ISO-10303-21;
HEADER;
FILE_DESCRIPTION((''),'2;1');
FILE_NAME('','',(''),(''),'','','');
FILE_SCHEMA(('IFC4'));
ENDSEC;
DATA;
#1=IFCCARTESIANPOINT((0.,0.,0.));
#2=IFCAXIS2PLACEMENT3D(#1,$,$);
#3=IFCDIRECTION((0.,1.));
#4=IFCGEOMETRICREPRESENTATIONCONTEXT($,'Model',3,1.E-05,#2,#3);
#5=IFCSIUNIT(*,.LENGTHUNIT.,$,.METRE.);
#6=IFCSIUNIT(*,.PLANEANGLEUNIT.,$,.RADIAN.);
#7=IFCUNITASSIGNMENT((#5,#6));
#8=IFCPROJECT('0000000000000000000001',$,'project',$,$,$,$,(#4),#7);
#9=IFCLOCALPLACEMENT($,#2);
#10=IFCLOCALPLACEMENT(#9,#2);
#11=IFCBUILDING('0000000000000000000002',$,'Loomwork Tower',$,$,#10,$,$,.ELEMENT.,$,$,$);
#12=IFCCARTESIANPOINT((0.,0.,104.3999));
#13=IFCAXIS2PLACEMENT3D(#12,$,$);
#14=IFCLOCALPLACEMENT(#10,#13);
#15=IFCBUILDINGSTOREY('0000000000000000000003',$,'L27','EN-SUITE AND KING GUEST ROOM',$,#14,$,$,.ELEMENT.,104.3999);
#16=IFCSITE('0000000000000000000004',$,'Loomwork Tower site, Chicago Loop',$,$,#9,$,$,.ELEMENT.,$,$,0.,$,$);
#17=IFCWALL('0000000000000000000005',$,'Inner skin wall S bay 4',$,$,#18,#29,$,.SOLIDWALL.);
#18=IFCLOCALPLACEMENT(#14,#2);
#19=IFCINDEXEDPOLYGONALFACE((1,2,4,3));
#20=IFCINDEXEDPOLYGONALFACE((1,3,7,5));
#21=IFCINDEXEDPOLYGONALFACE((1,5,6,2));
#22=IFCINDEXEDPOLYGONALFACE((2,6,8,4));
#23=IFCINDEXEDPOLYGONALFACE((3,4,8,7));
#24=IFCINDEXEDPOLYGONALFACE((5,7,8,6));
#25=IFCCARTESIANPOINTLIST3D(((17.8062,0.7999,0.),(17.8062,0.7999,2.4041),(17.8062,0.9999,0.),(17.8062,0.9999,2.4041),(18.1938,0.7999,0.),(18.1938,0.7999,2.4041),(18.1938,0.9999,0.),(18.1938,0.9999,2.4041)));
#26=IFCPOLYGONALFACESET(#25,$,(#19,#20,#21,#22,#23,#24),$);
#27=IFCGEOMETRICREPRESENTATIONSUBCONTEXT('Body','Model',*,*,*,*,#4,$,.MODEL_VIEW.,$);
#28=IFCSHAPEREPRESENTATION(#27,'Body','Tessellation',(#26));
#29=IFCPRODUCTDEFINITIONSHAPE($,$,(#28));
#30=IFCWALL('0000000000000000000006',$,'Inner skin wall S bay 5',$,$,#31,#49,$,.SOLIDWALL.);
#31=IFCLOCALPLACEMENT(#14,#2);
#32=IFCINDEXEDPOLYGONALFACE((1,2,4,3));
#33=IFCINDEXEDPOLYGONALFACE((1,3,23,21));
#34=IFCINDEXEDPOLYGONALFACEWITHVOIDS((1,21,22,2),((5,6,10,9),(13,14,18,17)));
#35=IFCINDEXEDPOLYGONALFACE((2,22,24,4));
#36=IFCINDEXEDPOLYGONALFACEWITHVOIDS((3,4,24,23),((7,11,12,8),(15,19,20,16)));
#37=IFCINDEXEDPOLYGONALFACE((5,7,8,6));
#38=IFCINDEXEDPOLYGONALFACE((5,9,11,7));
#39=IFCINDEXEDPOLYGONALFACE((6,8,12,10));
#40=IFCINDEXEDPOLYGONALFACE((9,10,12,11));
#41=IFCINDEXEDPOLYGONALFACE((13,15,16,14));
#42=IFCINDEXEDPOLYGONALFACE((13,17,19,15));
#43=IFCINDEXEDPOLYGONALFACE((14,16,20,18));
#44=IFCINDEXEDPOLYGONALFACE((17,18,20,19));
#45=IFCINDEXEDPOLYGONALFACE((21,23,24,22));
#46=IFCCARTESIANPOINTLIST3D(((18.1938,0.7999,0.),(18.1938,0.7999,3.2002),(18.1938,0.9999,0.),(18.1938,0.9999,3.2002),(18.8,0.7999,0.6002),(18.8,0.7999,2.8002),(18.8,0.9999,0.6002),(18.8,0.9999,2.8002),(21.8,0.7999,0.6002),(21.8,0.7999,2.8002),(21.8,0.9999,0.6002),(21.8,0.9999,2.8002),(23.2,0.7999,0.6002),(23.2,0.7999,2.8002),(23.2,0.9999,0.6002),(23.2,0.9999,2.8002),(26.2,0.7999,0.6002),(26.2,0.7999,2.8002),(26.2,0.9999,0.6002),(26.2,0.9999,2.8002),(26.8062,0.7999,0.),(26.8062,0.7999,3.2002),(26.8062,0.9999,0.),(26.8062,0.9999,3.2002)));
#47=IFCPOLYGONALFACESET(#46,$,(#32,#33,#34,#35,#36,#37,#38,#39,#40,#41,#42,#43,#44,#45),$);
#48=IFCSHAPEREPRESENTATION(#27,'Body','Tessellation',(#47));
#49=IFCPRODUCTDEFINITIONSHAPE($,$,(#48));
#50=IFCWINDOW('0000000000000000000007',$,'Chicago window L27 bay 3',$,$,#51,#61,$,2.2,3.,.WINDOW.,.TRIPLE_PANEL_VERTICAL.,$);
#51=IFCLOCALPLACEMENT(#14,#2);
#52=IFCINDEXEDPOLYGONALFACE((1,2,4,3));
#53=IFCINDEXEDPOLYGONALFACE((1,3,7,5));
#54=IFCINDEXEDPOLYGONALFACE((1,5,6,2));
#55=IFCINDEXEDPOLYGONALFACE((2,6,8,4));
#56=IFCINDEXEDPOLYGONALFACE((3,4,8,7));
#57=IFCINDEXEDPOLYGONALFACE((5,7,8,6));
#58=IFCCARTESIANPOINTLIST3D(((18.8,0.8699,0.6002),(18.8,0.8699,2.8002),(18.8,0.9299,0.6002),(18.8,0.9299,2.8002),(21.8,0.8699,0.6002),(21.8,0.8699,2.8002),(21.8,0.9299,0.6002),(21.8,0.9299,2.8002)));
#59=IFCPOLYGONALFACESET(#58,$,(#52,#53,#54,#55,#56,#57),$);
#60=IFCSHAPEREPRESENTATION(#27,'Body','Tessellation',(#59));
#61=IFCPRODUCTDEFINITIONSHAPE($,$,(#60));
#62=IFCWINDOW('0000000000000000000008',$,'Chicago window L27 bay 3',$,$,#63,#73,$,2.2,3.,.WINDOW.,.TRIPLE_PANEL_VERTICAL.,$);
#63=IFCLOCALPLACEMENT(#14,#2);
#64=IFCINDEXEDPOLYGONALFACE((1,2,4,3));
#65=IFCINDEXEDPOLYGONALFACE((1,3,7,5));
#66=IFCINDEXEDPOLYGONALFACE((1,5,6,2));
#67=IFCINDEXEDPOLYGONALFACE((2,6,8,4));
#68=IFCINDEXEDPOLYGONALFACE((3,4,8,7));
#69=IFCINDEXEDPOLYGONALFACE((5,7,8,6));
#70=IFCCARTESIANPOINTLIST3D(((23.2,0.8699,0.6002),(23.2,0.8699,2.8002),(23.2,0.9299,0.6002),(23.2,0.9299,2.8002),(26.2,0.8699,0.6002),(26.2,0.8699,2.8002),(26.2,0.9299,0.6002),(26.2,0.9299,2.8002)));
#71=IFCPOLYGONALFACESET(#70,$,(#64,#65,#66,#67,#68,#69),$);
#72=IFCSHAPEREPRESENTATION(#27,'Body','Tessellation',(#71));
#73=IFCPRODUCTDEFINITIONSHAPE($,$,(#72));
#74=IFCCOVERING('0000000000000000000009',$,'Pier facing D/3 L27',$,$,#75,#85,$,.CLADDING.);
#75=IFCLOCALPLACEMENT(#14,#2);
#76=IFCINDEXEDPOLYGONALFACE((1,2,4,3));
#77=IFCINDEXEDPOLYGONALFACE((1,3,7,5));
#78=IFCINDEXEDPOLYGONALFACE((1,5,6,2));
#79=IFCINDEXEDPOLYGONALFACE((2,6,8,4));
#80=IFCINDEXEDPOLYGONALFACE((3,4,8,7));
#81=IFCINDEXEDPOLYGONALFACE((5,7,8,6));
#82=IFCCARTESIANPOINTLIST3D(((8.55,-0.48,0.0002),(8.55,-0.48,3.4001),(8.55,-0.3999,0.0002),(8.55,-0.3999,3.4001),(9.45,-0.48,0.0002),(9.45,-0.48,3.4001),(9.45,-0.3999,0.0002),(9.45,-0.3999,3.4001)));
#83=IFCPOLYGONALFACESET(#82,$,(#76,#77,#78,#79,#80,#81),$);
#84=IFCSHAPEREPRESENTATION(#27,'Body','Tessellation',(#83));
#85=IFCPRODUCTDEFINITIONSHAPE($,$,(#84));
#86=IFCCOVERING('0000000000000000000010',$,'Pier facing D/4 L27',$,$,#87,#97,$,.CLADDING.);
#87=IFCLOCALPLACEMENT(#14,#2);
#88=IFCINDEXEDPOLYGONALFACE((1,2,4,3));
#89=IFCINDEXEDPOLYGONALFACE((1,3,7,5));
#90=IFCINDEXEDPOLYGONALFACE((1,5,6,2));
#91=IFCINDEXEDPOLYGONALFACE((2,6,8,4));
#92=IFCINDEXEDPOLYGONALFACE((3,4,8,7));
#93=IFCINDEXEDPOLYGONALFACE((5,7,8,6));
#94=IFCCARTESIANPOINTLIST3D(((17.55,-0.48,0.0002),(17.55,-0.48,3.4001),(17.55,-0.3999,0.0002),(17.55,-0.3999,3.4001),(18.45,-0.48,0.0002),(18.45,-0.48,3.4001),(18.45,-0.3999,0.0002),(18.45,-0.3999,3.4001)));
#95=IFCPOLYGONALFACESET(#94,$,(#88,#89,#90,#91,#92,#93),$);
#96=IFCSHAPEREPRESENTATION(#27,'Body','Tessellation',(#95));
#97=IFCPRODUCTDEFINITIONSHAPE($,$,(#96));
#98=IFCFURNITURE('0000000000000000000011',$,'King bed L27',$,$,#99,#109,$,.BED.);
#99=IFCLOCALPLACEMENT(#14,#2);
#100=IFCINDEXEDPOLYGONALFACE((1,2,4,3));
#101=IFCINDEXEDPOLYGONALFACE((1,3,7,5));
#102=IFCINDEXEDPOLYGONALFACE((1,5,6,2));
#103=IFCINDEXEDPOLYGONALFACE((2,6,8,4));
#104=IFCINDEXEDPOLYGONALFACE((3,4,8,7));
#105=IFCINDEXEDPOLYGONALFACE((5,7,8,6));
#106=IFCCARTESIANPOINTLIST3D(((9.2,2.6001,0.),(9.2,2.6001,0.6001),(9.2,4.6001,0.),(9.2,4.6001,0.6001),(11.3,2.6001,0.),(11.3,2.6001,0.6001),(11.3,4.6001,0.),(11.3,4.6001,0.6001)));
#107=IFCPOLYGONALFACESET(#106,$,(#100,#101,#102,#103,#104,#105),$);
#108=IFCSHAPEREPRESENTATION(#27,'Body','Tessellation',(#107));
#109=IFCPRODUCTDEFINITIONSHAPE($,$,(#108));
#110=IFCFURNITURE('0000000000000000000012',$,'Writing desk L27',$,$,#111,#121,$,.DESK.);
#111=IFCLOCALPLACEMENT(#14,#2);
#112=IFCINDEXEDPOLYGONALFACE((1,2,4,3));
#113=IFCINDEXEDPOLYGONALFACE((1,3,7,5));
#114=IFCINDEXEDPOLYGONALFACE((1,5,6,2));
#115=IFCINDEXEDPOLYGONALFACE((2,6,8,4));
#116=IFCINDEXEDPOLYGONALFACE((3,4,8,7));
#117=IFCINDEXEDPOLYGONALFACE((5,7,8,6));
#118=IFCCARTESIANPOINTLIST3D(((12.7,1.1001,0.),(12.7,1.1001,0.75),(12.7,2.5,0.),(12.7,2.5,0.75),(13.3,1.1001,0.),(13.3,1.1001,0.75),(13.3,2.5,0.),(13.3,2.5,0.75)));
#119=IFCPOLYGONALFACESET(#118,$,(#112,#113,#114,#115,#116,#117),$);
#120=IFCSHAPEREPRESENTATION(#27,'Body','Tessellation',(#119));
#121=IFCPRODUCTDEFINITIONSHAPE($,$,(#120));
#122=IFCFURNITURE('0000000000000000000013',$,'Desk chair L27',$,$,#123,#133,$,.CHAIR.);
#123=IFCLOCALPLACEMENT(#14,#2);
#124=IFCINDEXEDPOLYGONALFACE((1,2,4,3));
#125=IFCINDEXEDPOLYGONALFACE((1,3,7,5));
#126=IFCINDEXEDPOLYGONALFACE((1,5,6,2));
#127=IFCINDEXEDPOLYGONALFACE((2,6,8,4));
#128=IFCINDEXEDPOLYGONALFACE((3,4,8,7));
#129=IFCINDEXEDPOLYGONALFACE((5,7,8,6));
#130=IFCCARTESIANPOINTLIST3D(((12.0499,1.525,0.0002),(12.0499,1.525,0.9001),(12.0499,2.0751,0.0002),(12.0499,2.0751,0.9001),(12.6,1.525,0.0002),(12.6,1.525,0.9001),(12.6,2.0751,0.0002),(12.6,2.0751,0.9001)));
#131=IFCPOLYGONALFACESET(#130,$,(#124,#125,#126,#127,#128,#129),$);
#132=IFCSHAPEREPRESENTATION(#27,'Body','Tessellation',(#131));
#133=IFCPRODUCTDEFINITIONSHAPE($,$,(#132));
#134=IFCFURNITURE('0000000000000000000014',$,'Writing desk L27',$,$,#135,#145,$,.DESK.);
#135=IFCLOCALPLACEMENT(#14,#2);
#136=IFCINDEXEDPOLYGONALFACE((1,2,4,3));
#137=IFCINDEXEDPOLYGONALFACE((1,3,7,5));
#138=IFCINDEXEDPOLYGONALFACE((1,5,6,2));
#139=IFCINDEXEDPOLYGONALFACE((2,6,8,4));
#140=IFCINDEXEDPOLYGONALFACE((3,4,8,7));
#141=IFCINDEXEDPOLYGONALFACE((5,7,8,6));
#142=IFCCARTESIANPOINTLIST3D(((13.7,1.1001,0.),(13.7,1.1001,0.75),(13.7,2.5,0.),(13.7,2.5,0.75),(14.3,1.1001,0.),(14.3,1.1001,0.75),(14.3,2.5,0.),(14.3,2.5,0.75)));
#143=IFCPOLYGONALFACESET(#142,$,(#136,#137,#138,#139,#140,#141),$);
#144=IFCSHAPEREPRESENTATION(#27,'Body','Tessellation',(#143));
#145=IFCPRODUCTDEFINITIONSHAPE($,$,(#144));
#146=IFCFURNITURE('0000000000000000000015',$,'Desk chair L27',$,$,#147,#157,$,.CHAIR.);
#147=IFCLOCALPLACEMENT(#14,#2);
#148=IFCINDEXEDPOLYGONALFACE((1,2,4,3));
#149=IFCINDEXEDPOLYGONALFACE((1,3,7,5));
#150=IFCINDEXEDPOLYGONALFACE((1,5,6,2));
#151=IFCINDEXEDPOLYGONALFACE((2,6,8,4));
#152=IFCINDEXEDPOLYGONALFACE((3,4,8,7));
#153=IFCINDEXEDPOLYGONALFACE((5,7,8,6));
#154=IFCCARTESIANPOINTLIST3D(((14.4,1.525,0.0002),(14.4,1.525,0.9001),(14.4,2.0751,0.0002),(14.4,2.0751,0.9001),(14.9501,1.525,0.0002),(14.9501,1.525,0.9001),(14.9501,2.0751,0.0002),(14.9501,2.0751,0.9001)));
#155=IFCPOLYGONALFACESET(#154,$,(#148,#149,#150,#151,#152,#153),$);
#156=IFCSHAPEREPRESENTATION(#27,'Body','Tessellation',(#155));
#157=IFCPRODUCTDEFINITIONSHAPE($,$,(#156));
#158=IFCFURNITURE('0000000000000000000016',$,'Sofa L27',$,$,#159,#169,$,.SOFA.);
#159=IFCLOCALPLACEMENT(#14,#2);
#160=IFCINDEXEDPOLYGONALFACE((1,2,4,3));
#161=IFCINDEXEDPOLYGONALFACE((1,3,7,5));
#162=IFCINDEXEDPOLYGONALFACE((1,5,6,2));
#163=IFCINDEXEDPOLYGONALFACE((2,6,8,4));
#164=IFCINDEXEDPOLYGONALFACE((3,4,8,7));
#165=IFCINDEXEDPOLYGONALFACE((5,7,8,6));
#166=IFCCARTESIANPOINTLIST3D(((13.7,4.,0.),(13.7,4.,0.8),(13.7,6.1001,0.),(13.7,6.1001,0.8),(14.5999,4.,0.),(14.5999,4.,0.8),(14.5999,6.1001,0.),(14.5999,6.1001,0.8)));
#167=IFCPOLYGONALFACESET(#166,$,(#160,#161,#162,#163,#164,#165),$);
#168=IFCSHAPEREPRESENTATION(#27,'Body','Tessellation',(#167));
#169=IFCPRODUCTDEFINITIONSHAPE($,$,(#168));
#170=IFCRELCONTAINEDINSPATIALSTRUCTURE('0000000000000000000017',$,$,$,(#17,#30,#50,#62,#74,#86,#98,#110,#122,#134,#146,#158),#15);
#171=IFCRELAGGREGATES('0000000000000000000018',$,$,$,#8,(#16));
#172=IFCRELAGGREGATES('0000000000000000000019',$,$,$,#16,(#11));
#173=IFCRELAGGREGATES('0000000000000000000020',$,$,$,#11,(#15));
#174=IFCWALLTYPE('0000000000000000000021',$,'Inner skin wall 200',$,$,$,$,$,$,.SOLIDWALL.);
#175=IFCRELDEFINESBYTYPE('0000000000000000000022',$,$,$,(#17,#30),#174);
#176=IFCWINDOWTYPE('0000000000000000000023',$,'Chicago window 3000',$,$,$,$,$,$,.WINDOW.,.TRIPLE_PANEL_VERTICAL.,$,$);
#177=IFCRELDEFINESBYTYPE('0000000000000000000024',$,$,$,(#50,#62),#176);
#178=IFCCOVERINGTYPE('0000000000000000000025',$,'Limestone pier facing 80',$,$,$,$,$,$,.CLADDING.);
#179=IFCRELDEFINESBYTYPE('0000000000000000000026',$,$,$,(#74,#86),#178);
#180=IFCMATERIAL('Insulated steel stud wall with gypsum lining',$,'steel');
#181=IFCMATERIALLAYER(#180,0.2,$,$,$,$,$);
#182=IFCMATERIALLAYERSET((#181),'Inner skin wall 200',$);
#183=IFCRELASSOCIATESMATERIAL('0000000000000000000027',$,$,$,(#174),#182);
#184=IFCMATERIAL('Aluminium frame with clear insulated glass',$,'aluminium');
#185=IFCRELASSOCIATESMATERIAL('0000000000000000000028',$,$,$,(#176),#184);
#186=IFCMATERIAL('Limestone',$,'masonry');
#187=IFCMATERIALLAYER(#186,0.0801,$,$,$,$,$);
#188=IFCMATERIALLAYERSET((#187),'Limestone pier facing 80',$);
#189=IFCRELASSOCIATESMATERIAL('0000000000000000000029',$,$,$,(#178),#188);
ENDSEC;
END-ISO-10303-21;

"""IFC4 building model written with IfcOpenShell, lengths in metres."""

from ifc_helpers import new_model, si_unit, direction, frame, frame_2d, origin, origin_2d, place, context, subcontext, project, spatial, rectangle, extrude, material, layer, layer_set, type_object, element, fill, save


model = new_model("IFC4")

# Units and contexts
model_context = context("Model", 3, precision=1e-05, world=origin(), true_north=direction((0.0, 1.0)))
body_context = subcontext(model_context, "Body", "Model", "MODEL_VIEW")
ifc_project = project(units=[si_unit("LENGTHUNIT", "METRE"), si_unit("PLANEANGLEUNIT", "RADIAN")], contexts=[model_context])

# Site, building, storey
site_placement = place(None, origin())
site = spatial("IfcSite", under=ifc_project, at=site_placement, Name="Loomwork Tower site, Chicago Loop", CompositionType="ELEMENT", RefElevation=0.0)
building_placement = place(site_placement, origin())
building = spatial("IfcBuilding", under=site, at=building_placement, Name="Loomwork Tower", CompositionType="ELEMENT")
storey_placement = place(building_placement, frame((0.0, 0.0, 104.3999)))
storey = spatial("IfcBuildingStorey", under=building, at=storey_placement, Name="L27", Description="EN-SUITE AND KING GUEST ROOM", CompositionType="ELEMENT", Elevation=104.3999)

# Shared definitions
ifc_material_1 = material(Name="Insulated steel stud wall with gypsum lining", Category="steel")
ifc_layer_1 = layer(ifc_material_1, 0.2)
ifc_layer_set_1 = layer_set([ifc_layer_1], Name="Inner skin wall 200")
wall_type = type_object("IfcWallType", Name="Inner skin wall 200", PredefinedType="SOLIDWALL", material=ifc_layer_set_1)

# Shared definitions
ifc_material_2 = material(Name="Aluminium frame with clear insulated glass", Category="aluminium")
window_type = type_object("IfcWindowType", Name="Chicago window 3000", PartitioningType="TRIPLE_PANEL_VERTICAL", PredefinedType="WINDOW", material=ifc_material_2)

# Wall
wall_1_placement = place(storey_placement, frame((17.8062, 0.8999, 0.0), z_axis=(0.0, 0.0, 1.0), x_axis=(1.0, 0.0, 0.0)))
element("IfcWall", 1, at=wall_1_placement, inside=storey, type_object=wall_type, Name="Inner skin wall S bay 4", PredefinedType="SOLIDWALL", context=body_context, shape_type="SweptSolid", body=[
    extrude(rectangle(XDim=0.3877, YDim=0.2, at=frame_2d((0.1938, 0.0))), origin(), (0.0, 0.0, 1.0), 2.4041),
])

# Wall, openings, windows
wall_2_placement = place(storey_placement, frame((18.1938, 0.8999, 0.0), z_axis=(0.0, 0.0, 1.0), x_axis=(1.0, 0.0, 0.0)))
wall_2 = element("IfcWall", 2, at=wall_2_placement, inside=storey, type_object=wall_type, Name="Inner skin wall S bay 5", PredefinedType="SOLIDWALL", context=body_context, shape_type="SweptSolid", body=[
    extrude(rectangle(XDim=8.6123, YDim=0.2, at=frame_2d((4.3062, 0.0))), origin(), (0.0, 0.0, 1.0), 3.2002),
])
opening_1_placement = place(wall_2_placement, frame((0.6062, 0.0, 0.6001)))
opening_1 = element("IfcOpeningElement", 3, at=opening_1_placement, cuts=wall_2, PredefinedType="OPENING", context=body_context, shape_type="SweptSolid", body=[
    extrude(rectangle(XDim=3.0, YDim=2.2, at=frame_2d((1.5, 1.1001))), frame((0.0, 0.1099, 0.0), z_axis=(0.0, -1.0, 0.0), x_axis=(1.0, 0.0, 0.0)), (0.0, 0.0, 1.0), 0.22),
])
opening_2_placement = place(wall_2_placement, frame((5.0061, 0.0, 0.6001)))
opening_2 = element("IfcOpeningElement", 4, at=opening_2_placement, cuts=wall_2, PredefinedType="OPENING", context=body_context, shape_type="SweptSolid", body=[
    extrude(rectangle(XDim=3.0, YDim=2.2, at=frame_2d((1.5, 1.1001))), frame((0.0, 0.1099, 0.0), z_axis=(0.0, -1.0, 0.0), x_axis=(1.0, 0.0, 0.0)), (0.0, 0.0, 1.0), 0.22),
])
window_1_placement = place(opening_1_placement, origin())
window_1 = element("IfcWindow", 5, at=window_1_placement, inside=storey, type_object=window_type, Name="Chicago window L27 bay 3", OverallHeight=2.2, OverallWidth=3.0, PartitioningType="TRIPLE_PANEL_VERTICAL", PredefinedType="WINDOW", context=body_context, shape_type="SweptSolid", body=[
    extrude(rectangle(XDim=3.0, YDim=2.2, at=frame_2d((1.5, 1.1001))), frame((0.0, 0.03, 0.0), z_axis=(0.0, -1.0, 0.0), x_axis=(1.0, 0.0, 0.0)), (0.0, 0.0, 1.0), 0.0601),
])
fill(opening_1, window_1)
window_2_placement = place(opening_2_placement, origin())
window_2 = element("IfcWindow", 6, at=window_2_placement, inside=storey, type_object=window_type, Name="Chicago window L27 bay 3", OverallHeight=2.2, OverallWidth=3.0, PartitioningType="TRIPLE_PANEL_VERTICAL", PredefinedType="WINDOW", context=body_context, shape_type="SweptSolid", body=[
    extrude(rectangle(XDim=3.0, YDim=2.2, at=frame_2d((1.5, 1.1001))), frame((0.0, 0.03, 0.0), z_axis=(0.0, -1.0, 0.0), x_axis=(1.0, 0.0, 0.0)), (0.0, 0.0, 1.0), 0.0601),
])
fill(opening_2, window_2)

# Coverings
ifc_material_3 = material(Name="Limestone", Category="masonry")
ifc_layer_2 = layer(ifc_material_3, 0.0801)
ifc_layer_set_2 = layer_set([ifc_layer_2], Name="Limestone pier facing 80")
covering_type = type_object("IfcCoveringType", Name="Limestone pier facing 80", PredefinedType="CLADDING", material=ifc_layer_set_2)
for number, where, z_axis, x_axis, name in (
    (7, (9.0, -0.4399, 0.0002), (0.0, 0.0, 1.0), (1.0, 0.0, 0.0), "Pier facing D/3 L27"),
    (8, (18.0, -0.4399, 0.0002), (0.0, 0.0, 1.0), (1.0, 0.0, 0.0), "Pier facing D/4 L27"),
):
    element("IfcCovering", number, at=place(storey_placement, frame(where, z_axis=z_axis, x_axis=x_axis)), inside=storey, type_object=covering_type, Name=name, PredefinedType="CLADDING", context=body_context, shape_type="SweptSolid", body=[
        extrude(rectangle(XDim=0.8999, YDim=0.0801, at=origin_2d()), origin(), (0.0, 0.0, 1.0), 3.3999),
    ])

# Furniture
furniture_1_placement = place(storey_placement, frame((10.25, 3.6001, 0.0), z_axis=(0.0, 0.0, 1.0), x_axis=(1.0, 0.0, 0.0)))
element("IfcFurniture", 9, at=furniture_1_placement, inside=storey, Name="King bed L27", PredefinedType="BED", context=body_context, shape_type="SweptSolid", body=[
    extrude(rectangle(XDim=2.1001, YDim=2.0, at=origin_2d()), origin(), (0.0, 0.0, 1.0), 0.6001),
])
furniture_2_placement = place(storey_placement, frame((13.0, 1.8, 0.0), z_axis=(0.0, 0.0, 1.0), x_axis=(1.0, 0.0, 0.0)))
element("IfcFurniture", 10, at=furniture_2_placement, inside=storey, Name="Writing desk L27", PredefinedType="DESK", context=body_context, shape_type="SweptSolid", body=[
    extrude(rectangle(XDim=0.6001, YDim=1.3999, at=origin_2d()), origin(), (0.0, 0.0, 1.0), 0.75),
])
furniture_3_placement = place(storey_placement, frame((12.325, 1.8, 0.0002), z_axis=(0.0, 0.0, 1.0), x_axis=(1.0, 0.0, 0.0)))
element("IfcFurniture", 11, at=furniture_3_placement, inside=storey, Name="Desk chair L27", PredefinedType="CHAIR", context=body_context, shape_type="SweptSolid", body=[
    extrude(rectangle(XDim=0.55, YDim=0.55, at=origin_2d()), origin(), (0.0, 0.0, 1.0), 0.8999),
])
furniture_4_placement = place(storey_placement, frame((14.0, 1.8, 0.0), z_axis=(0.0, 0.0, 1.0), x_axis=(1.0, 0.0, 0.0)))
element("IfcFurniture", 12, at=furniture_4_placement, inside=storey, Name="Writing desk L27", PredefinedType="DESK", context=body_context, shape_type="SweptSolid", body=[
    extrude(rectangle(XDim=0.6001, YDim=1.3999, at=origin_2d()), origin(), (0.0, 0.0, 1.0), 0.75),
])
furniture_5_placement = place(storey_placement, frame((14.675, 1.8, 0.0002), z_axis=(0.0, 0.0, 1.0), x_axis=(1.0, 0.0, 0.0)))
element("IfcFurniture", 13, at=furniture_5_placement, inside=storey, Name="Desk chair L27", PredefinedType="CHAIR", context=body_context, shape_type="SweptSolid", body=[
    extrude(rectangle(XDim=0.55, YDim=0.55, at=origin_2d()), origin(), (0.0, 0.0, 1.0), 0.8999),
])
furniture_6_placement = place(storey_placement, frame((14.1499, 5.05, 0.0), z_axis=(0.0, 0.0, 1.0), x_axis=(1.0, 0.0, 0.0)))
element("IfcFurniture", 14, at=furniture_6_placement, inside=storey, Name="Sofa L27", PredefinedType="SOFA", context=body_context, shape_type="SweptSolid", body=[
    extrude(rectangle(XDim=0.8999, YDim=2.1001, at=origin_2d()), origin(), (0.0, 0.0, 1.0), 0.8),
])

save(model, "model.ifc")
